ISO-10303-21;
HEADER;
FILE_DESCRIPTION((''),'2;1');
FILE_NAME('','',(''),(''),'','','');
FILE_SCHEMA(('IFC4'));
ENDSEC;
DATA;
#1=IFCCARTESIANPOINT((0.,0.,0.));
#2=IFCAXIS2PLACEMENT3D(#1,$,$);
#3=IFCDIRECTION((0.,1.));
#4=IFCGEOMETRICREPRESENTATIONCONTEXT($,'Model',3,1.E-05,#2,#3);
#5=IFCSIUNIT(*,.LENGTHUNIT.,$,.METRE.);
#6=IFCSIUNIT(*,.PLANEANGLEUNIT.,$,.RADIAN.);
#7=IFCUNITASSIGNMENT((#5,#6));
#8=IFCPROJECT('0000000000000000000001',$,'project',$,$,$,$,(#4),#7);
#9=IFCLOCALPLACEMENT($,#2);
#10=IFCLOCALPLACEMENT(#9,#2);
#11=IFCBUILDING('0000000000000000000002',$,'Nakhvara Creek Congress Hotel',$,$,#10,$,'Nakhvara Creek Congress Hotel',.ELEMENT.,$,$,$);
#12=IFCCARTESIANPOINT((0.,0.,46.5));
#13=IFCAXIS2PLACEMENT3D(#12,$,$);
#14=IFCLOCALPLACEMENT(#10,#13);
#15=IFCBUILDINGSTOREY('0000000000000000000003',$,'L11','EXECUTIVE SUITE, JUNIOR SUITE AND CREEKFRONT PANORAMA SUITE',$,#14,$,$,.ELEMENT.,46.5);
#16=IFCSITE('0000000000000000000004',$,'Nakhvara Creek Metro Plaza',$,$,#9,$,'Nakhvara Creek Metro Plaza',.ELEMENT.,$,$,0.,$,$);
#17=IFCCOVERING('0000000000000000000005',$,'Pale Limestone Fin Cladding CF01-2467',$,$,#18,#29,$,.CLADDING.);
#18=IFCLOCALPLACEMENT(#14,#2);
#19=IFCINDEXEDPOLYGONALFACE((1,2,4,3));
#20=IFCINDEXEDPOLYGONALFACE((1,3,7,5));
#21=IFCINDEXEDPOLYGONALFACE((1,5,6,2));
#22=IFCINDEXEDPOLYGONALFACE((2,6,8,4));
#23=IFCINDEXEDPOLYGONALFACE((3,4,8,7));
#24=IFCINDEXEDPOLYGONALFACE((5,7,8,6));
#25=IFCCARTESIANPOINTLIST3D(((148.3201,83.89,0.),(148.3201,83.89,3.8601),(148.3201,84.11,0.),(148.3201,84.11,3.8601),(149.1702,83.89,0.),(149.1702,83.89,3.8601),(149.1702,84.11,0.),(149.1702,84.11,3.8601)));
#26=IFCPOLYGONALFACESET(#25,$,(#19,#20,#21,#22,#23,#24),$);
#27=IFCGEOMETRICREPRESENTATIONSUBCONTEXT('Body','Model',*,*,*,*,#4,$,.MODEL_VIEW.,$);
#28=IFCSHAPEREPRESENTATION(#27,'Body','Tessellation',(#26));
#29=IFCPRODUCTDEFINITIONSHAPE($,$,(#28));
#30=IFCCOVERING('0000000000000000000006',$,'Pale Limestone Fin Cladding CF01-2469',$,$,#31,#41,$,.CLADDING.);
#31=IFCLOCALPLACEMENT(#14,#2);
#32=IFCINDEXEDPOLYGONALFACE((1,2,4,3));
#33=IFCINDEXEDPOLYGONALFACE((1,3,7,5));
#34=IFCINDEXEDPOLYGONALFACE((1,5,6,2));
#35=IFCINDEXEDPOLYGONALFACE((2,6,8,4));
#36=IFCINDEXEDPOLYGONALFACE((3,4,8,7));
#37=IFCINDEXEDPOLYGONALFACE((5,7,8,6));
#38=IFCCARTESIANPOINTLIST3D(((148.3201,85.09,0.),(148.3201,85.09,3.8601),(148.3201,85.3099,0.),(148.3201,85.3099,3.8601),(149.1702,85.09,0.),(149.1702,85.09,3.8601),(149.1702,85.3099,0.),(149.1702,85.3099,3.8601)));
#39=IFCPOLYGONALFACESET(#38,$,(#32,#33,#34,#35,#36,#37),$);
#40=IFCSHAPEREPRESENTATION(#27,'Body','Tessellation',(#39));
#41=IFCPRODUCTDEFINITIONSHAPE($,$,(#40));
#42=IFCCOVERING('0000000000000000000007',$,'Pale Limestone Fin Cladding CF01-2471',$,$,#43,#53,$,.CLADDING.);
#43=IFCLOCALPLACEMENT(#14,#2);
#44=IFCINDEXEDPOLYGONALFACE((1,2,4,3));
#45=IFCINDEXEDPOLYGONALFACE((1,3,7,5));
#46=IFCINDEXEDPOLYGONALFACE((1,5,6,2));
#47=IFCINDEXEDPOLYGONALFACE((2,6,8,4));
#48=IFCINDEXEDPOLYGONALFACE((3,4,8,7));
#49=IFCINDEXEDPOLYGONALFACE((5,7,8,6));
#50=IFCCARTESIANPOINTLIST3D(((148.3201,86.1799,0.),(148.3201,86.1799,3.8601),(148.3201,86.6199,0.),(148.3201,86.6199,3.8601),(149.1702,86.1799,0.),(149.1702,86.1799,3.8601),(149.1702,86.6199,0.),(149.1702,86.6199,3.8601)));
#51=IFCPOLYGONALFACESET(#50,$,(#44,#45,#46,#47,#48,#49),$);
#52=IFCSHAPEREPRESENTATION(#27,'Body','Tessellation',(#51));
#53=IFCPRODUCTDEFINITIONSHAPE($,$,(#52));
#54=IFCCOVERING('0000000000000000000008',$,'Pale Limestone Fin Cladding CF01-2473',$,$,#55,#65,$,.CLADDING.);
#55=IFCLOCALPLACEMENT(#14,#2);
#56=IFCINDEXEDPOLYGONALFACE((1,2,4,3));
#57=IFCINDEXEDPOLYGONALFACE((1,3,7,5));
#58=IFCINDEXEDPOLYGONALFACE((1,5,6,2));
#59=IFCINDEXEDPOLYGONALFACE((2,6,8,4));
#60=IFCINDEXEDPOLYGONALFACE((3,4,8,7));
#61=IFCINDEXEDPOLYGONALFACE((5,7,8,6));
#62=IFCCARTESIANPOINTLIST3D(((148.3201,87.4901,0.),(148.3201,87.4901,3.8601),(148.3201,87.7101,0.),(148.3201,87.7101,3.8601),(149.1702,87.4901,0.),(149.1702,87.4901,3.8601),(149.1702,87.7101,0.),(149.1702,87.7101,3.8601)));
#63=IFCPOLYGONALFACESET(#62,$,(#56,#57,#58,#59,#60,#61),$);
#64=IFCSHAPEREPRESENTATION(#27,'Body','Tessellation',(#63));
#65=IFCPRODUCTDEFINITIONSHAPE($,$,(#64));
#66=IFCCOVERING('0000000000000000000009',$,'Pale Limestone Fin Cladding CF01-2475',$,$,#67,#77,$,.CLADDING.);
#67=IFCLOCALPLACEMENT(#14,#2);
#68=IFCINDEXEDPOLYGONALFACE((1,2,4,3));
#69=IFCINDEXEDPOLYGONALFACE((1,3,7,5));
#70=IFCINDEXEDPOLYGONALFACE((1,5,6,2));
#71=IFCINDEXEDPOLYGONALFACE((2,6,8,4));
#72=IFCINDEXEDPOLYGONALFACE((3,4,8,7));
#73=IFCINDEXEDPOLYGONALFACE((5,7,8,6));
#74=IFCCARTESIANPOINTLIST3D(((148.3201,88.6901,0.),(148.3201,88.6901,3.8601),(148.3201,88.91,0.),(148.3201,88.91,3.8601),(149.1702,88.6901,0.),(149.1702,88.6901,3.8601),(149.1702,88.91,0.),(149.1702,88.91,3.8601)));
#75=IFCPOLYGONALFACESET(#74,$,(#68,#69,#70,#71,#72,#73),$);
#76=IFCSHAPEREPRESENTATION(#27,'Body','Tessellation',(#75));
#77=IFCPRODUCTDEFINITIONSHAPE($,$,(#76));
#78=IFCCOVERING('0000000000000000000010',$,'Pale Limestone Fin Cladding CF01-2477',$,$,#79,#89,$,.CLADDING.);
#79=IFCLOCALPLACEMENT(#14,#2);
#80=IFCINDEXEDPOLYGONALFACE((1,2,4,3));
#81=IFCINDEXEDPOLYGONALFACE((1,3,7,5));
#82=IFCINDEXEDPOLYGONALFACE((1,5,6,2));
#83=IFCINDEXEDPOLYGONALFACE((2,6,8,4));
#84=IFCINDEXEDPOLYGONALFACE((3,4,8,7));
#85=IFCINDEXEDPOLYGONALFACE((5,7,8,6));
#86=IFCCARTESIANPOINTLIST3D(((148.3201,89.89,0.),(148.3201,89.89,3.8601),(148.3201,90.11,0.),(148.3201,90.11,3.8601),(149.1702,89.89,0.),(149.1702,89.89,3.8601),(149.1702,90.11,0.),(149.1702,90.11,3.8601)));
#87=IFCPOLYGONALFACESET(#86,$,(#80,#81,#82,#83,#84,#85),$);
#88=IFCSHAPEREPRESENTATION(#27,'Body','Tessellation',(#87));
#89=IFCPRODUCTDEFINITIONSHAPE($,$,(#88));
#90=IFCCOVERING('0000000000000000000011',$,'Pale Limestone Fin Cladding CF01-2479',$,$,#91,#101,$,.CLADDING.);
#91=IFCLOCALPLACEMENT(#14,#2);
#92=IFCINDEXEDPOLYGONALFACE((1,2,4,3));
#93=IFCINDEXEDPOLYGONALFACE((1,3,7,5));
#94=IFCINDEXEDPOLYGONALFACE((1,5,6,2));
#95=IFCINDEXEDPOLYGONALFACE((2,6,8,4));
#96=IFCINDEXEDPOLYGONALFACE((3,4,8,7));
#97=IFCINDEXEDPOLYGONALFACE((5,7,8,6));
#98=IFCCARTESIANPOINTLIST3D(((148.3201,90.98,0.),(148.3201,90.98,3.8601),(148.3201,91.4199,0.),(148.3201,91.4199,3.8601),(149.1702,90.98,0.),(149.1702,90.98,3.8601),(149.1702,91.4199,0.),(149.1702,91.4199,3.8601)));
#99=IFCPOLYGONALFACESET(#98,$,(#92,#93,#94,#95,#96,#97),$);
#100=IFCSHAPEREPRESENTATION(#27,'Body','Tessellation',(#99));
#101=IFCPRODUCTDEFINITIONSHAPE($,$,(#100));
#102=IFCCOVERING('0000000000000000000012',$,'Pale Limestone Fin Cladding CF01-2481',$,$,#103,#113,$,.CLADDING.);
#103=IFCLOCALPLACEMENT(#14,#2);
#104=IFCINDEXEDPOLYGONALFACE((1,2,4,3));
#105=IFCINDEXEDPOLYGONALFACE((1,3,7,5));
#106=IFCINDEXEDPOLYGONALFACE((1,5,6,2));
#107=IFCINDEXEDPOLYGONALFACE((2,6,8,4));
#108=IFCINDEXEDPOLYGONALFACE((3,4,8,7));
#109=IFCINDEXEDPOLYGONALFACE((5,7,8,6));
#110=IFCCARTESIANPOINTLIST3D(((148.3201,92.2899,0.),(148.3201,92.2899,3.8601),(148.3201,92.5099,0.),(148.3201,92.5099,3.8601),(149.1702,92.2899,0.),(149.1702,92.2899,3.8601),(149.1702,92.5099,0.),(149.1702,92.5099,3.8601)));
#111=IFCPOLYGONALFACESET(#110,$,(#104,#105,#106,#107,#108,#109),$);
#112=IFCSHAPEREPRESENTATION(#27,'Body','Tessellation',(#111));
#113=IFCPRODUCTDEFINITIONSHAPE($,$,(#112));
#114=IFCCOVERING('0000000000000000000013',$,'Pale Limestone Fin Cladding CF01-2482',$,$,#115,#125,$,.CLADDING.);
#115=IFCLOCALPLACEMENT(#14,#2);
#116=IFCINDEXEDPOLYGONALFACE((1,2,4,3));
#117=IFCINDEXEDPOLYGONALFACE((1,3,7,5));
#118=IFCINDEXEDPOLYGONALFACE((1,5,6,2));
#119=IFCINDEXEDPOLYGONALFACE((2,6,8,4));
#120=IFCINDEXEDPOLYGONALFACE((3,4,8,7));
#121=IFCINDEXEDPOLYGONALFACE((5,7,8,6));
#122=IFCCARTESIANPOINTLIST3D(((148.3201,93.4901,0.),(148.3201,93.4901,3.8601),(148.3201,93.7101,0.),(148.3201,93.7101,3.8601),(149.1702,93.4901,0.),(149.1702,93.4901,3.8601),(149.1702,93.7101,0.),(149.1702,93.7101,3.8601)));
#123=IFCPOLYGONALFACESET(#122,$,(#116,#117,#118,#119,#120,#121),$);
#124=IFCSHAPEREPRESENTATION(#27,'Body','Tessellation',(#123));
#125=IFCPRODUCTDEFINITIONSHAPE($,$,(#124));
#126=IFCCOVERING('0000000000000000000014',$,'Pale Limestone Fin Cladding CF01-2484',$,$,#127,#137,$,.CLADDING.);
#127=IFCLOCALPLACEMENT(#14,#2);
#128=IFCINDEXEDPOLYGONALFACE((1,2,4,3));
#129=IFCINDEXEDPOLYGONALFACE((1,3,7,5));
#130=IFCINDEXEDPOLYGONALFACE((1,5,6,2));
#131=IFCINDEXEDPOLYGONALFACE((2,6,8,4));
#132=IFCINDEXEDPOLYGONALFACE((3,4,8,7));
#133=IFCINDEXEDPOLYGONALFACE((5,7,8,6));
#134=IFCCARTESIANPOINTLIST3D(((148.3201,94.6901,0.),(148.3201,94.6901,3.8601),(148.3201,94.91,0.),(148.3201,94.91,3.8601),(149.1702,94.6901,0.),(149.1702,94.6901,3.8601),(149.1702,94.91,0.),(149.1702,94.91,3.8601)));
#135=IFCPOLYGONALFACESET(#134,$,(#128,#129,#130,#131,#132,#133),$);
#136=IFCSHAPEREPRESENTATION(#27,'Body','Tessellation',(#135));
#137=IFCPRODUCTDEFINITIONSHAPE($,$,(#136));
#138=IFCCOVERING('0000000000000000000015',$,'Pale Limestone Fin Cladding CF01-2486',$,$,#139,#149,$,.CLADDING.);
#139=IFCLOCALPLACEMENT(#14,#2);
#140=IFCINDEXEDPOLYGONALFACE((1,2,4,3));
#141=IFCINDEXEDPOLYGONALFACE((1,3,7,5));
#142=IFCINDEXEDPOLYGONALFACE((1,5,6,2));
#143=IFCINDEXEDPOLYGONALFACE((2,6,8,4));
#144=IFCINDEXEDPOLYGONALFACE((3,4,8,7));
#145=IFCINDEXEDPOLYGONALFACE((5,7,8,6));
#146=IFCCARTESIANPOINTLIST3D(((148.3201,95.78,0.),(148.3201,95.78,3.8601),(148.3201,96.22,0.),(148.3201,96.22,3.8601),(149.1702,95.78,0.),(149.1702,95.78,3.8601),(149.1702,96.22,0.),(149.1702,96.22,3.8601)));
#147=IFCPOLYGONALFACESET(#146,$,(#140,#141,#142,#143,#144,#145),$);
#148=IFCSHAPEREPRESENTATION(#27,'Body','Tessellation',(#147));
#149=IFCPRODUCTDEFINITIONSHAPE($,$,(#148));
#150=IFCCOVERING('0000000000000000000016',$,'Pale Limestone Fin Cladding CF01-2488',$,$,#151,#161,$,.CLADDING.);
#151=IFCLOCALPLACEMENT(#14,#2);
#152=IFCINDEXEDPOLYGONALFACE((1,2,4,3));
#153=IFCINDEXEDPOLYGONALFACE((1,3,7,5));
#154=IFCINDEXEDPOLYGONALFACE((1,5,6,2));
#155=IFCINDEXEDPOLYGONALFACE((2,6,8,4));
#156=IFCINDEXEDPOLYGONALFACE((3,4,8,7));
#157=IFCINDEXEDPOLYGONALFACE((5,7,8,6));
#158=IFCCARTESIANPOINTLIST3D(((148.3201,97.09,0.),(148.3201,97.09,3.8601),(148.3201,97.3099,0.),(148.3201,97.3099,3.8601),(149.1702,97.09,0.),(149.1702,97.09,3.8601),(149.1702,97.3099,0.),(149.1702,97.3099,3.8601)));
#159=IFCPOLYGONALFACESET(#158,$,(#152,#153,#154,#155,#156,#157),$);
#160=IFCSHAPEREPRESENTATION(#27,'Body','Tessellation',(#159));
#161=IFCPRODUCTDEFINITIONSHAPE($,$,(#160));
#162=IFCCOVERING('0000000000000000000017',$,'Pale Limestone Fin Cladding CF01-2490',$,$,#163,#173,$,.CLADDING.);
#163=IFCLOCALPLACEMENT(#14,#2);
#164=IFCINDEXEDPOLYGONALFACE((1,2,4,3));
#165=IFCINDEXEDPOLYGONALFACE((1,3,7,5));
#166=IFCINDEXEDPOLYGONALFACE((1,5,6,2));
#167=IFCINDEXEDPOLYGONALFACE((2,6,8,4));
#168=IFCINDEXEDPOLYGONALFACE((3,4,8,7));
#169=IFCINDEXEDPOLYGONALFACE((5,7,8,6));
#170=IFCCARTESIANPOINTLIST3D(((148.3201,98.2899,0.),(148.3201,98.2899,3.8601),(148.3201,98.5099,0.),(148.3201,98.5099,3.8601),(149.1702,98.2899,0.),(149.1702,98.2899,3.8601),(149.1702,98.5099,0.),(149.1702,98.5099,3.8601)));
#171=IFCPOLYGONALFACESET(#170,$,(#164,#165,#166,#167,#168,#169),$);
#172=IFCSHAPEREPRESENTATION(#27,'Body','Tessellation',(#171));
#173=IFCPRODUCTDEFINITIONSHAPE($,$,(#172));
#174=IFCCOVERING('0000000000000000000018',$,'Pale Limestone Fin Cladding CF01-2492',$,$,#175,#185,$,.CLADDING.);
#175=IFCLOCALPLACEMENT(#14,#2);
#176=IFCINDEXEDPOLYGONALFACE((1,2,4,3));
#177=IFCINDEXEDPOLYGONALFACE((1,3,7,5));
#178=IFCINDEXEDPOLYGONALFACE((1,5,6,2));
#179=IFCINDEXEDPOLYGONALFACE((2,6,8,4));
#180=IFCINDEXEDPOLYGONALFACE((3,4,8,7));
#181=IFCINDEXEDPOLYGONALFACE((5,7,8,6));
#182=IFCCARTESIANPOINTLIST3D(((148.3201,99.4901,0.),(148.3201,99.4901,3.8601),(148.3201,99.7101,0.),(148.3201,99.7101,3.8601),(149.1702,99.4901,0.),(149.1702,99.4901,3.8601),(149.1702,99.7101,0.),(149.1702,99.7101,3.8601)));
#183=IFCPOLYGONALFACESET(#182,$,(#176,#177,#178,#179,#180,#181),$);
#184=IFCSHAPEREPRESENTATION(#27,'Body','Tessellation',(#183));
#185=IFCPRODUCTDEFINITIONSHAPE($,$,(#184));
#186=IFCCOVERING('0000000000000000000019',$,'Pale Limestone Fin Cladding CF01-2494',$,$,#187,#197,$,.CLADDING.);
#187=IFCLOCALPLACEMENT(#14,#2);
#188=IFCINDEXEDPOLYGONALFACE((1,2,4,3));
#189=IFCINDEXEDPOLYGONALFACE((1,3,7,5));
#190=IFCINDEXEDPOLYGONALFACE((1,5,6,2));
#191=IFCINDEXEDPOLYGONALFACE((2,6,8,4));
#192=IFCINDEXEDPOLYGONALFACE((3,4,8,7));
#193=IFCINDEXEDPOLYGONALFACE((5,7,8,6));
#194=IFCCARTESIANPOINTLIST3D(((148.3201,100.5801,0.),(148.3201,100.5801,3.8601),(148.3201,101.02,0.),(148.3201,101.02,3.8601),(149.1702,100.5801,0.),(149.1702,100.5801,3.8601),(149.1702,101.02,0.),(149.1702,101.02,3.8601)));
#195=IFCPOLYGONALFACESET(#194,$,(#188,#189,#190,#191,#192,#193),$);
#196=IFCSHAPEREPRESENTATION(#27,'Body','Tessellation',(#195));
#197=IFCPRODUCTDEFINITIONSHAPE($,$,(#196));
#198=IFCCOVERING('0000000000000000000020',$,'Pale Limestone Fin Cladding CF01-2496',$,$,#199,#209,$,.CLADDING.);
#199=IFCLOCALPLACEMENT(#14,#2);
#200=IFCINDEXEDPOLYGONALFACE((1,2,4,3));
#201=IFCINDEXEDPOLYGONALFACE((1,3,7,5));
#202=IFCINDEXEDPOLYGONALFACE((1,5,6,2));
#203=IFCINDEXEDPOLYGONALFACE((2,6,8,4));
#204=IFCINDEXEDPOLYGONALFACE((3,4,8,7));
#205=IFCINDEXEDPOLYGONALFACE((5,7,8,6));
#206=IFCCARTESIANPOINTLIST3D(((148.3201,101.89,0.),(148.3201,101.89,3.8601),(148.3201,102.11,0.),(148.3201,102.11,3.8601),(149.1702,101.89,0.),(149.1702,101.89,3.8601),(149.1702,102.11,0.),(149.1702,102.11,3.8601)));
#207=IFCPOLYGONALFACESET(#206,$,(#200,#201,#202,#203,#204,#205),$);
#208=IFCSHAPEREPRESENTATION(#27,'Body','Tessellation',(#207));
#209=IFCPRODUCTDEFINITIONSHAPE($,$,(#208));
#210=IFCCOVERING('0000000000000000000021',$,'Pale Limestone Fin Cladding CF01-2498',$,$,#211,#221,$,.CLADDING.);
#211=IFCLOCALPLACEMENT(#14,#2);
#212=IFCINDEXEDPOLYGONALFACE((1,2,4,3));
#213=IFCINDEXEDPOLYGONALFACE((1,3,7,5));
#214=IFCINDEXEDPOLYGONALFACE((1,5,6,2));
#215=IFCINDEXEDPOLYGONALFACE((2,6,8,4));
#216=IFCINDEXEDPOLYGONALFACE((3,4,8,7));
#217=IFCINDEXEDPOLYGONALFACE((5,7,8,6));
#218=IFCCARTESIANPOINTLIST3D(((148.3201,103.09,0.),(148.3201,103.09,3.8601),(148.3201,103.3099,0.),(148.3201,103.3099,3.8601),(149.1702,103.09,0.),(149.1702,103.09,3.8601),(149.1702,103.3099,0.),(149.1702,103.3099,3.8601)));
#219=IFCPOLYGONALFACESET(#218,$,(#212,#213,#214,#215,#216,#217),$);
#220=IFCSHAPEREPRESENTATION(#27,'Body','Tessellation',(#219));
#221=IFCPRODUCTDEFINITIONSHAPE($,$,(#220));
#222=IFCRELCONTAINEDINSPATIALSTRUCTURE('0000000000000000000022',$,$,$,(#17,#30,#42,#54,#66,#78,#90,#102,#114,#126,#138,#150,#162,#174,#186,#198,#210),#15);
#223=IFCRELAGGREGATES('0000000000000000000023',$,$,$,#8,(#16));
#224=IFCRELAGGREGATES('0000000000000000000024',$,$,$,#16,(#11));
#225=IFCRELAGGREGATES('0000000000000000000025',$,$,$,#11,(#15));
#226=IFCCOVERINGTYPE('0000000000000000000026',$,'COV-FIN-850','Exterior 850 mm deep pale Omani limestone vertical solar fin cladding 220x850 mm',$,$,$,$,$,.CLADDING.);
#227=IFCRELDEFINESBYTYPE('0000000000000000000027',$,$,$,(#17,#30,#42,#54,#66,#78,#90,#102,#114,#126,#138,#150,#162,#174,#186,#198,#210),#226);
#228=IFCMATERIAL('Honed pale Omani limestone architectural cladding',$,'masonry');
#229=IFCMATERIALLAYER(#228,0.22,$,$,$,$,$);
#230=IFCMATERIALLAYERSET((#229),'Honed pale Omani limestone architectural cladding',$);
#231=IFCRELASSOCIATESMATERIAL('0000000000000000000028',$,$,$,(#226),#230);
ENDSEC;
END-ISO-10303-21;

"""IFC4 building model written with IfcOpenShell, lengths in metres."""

from ifc_helpers import new_model, si_unit, direction, frame, origin, origin_2d, place, context, subcontext, project, spatial, rectangle, extrude, material, layer, layer_set, type_object, element, save


model = new_model("IFC4")

# Units and contexts
model_context = context("Model", 3, precision=1e-05, world=origin(), true_north=direction((0.0, 1.0)))
body_context = subcontext(model_context, "Body", "Model", "MODEL_VIEW")
ifc_project = project(units=[si_unit("LENGTHUNIT", "METRE"), si_unit("PLANEANGLEUNIT", "RADIAN")], contexts=[model_context])

# Site, building, storey
site_placement = place(None, origin())
site = spatial("IfcSite", under=ifc_project, at=site_placement, Name="Nakhvara Creek Metro Plaza", LongName="Nakhvara Creek Metro Plaza", CompositionType="ELEMENT", RefElevation=0.0)
building_placement = place(site_placement, origin())
building = spatial("IfcBuilding", under=site, at=building_placement, Name="Nakhvara Creek Congress Hotel", LongName="Nakhvara Creek Congress Hotel", CompositionType="ELEMENT")
storey_placement = place(building_placement, frame((0.0, 0.0, 46.5)))
storey = spatial("IfcBuildingStorey", under=building, at=storey_placement, Name="L11", Description="EXECUTIVE SUITE, JUNIOR SUITE AND CREEKFRONT PANORAMA SUITE", CompositionType="ELEMENT", Elevation=46.5)

# Coverings
ifc_material_1 = material(Name="Honed pale Omani limestone architectural cladding", Category="masonry")
ifc_layer = layer(ifc_material_1, 0.22)
ifc_layer_set = layer_set([ifc_layer], Name="Honed pale Omani limestone architectural cladding")
covering_type = type_object("IfcCoveringType", Name="COV-FIN-850", Description="Exterior 850 mm deep pale Omani limestone vertical solar fin cladding 220x850 mm", PredefinedType="CLADDING", material=ifc_layer_set)
for number, where, z_axis, x_axis, name in (
    (1, (148.7451, 84.0, 0.0), (0.0, 0.0, 1.0), (0.0, 1.0, 0.0), "Pale Limestone Fin Cladding CF01-2467"),
    (2, (148.7451, 85.2, 0.0), (0.0, 0.0, 1.0), (0.0, 1.0, 0.0), "Pale Limestone Fin Cladding CF01-2469"),
):
    element("IfcCovering", number, at=place(storey_placement, frame(where, z_axis=z_axis, x_axis=x_axis)), inside=storey, type_object=covering_type, Name=name, PredefinedType="CLADDING", context=body_context, shape_type="SweptSolid", body=[
        extrude(rectangle(XDim=0.22, YDim=0.8501, at=origin_2d()), origin(), (0.0, 0.0, 1.0), 3.8601),
    ])
covering_1_placement = place(storey_placement, frame((148.7451, 86.3999, 0.0), z_axis=(0.0, 0.0, 1.0), x_axis=(0.0, 1.0, 0.0)))
element("IfcCovering", 3, at=covering_1_placement, inside=storey, type_object=covering_type, Name="Pale Limestone Fin Cladding CF01-2471", PredefinedType="CLADDING", context=body_context, shape_type="SweptSolid", body=[
    extrude(rectangle(XDim=0.4399, YDim=0.8501, at=origin_2d()), origin(), (0.0, 0.0, 1.0), 3.8601),
])
for number, where, z_axis, x_axis, name in (
    (4, (148.7451, 87.6001, 0.0), (0.0, 0.0, 1.0), (0.0, 1.0, 0.0), "Pale Limestone Fin Cladding CF01-2473"),
    (5, (148.7451, 88.8, 0.0), (0.0, 0.0, 1.0), (0.0, 1.0, 0.0), "Pale Limestone Fin Cladding CF01-2475"),
    (6, (148.7451, 90.0, 0.0), (0.0, 0.0, 1.0), (0.0, 1.0, 0.0), "Pale Limestone Fin Cladding CF01-2477"),
):
    element("IfcCovering", number, at=place(storey_placement, frame(where, z_axis=z_axis, x_axis=x_axis)), inside=storey, type_object=covering_type, Name=name, PredefinedType="CLADDING", context=body_context, shape_type="SweptSolid", body=[
        extrude(rectangle(XDim=0.22, YDim=0.8501, at=origin_2d()), origin(), (0.0, 0.0, 1.0), 3.8601),
    ])
covering_2_placement = place(storey_placement, frame((148.7451, 91.2, 0.0), z_axis=(0.0, 0.0, 1.0), x_axis=(0.0, 1.0, 0.0)))
element("IfcCovering", 7, at=covering_2_placement, inside=storey, type_object=covering_type, Name="Pale Limestone Fin Cladding CF01-2479", PredefinedType="CLADDING", context=body_context, shape_type="SweptSolid", body=[
    extrude(rectangle(XDim=0.4399, YDim=0.8501, at=origin_2d()), origin(), (0.0, 0.0, 1.0), 3.8601),
])
for number, where, z_axis, x_axis, name in (
    (8, (148.7451, 92.3999, 0.0), (0.0, 0.0, 1.0), (0.0, 1.0, 0.0), "Pale Limestone Fin Cladding CF01-2481"),
    (9, (148.7451, 93.6001, 0.0), (0.0, 0.0, 1.0), (0.0, 1.0, 0.0), "Pale Limestone Fin Cladding CF01-2482"),
    (10, (148.7451, 94.8, 0.0), (0.0, 0.0, 1.0), (0.0, 1.0, 0.0), "Pale Limestone Fin Cladding CF01-2484"),
):
    element("IfcCovering", number, at=place(storey_placement, frame(where, z_axis=z_axis, x_axis=x_axis)), inside=storey, type_object=covering_type, Name=name, PredefinedType="CLADDING", context=body_context, shape_type="SweptSolid", body=[
        extrude(rectangle(XDim=0.22, YDim=0.8501, at=origin_2d()), origin(), (0.0, 0.0, 1.0), 3.8601),
    ])
covering_3_placement = place(storey_placement, frame((148.7451, 96.0, 0.0), z_axis=(0.0, 0.0, 1.0), x_axis=(0.0, 1.0, 0.0)))
element("IfcCovering", 11, at=covering_3_placement, inside=storey, type_object=covering_type, Name="Pale Limestone Fin Cladding CF01-2486", PredefinedType="CLADDING", context=body_context, shape_type="SweptSolid", body=[
    extrude(rectangle(XDim=0.4399, YDim=0.8501, at=origin_2d()), origin(), (0.0, 0.0, 1.0), 3.8601),
])
for number, where, z_axis, x_axis, name in (
    (12, (148.7451, 97.2, 0.0), (0.0, 0.0, 1.0), (0.0, 1.0, 0.0), "Pale Limestone Fin Cladding CF01-2488"),
    (13, (148.7451, 98.3999, 0.0), (0.0, 0.0, 1.0), (0.0, 1.0, 0.0), "Pale Limestone Fin Cladding CF01-2490"),
    (14, (148.7451, 99.6001, 0.0), (0.0, 0.0, 1.0), (0.0, 1.0, 0.0), "Pale Limestone Fin Cladding CF01-2492"),
):
    element("IfcCovering", number, at=place(storey_placement, frame(where, z_axis=z_axis, x_axis=x_axis)), inside=storey, type_object=covering_type, Name=name, PredefinedType="CLADDING", context=body_context, shape_type="SweptSolid", body=[
        extrude(rectangle(XDim=0.22, YDim=0.8501, at=origin_2d()), origin(), (0.0, 0.0, 1.0), 3.8601),
    ])
covering_4_placement = place(storey_placement, frame((148.7451, 100.8, 0.0), z_axis=(0.0, 0.0, 1.0), x_axis=(0.0, 1.0, 0.0)))
element("IfcCovering", 15, at=covering_4_placement, inside=storey, type_object=covering_type, Name="Pale Limestone Fin Cladding CF01-2494", PredefinedType="CLADDING", context=body_context, shape_type="SweptSolid", body=[
    extrude(rectangle(XDim=0.4399, YDim=0.8501, at=origin_2d()), origin(), (0.0, 0.0, 1.0), 3.8601),
])
for number, where, z_axis, x_axis, name in (
    (16, (148.7451, 102.0, 0.0), (0.0, 0.0, 1.0), (0.0, 1.0, 0.0), "Pale Limestone Fin Cladding CF01-2496"),
    (17, (148.7451, 103.2, 0.0), (0.0, 0.0, 1.0), (0.0, 1.0, 0.0), "Pale Limestone Fin Cladding CF01-2498"),
):
    element("IfcCovering", number, at=place(storey_placement, frame(where, z_axis=z_axis, x_axis=x_axis)), inside=storey, type_object=covering_type, Name=name, PredefinedType="CLADDING", context=body_context, shape_type="SweptSolid", body=[
        extrude(rectangle(XDim=0.22, YDim=0.8501, at=origin_2d()), origin(), (0.0, 0.0, 1.0), 3.8601),
    ])

save(model, "model.ifc")
